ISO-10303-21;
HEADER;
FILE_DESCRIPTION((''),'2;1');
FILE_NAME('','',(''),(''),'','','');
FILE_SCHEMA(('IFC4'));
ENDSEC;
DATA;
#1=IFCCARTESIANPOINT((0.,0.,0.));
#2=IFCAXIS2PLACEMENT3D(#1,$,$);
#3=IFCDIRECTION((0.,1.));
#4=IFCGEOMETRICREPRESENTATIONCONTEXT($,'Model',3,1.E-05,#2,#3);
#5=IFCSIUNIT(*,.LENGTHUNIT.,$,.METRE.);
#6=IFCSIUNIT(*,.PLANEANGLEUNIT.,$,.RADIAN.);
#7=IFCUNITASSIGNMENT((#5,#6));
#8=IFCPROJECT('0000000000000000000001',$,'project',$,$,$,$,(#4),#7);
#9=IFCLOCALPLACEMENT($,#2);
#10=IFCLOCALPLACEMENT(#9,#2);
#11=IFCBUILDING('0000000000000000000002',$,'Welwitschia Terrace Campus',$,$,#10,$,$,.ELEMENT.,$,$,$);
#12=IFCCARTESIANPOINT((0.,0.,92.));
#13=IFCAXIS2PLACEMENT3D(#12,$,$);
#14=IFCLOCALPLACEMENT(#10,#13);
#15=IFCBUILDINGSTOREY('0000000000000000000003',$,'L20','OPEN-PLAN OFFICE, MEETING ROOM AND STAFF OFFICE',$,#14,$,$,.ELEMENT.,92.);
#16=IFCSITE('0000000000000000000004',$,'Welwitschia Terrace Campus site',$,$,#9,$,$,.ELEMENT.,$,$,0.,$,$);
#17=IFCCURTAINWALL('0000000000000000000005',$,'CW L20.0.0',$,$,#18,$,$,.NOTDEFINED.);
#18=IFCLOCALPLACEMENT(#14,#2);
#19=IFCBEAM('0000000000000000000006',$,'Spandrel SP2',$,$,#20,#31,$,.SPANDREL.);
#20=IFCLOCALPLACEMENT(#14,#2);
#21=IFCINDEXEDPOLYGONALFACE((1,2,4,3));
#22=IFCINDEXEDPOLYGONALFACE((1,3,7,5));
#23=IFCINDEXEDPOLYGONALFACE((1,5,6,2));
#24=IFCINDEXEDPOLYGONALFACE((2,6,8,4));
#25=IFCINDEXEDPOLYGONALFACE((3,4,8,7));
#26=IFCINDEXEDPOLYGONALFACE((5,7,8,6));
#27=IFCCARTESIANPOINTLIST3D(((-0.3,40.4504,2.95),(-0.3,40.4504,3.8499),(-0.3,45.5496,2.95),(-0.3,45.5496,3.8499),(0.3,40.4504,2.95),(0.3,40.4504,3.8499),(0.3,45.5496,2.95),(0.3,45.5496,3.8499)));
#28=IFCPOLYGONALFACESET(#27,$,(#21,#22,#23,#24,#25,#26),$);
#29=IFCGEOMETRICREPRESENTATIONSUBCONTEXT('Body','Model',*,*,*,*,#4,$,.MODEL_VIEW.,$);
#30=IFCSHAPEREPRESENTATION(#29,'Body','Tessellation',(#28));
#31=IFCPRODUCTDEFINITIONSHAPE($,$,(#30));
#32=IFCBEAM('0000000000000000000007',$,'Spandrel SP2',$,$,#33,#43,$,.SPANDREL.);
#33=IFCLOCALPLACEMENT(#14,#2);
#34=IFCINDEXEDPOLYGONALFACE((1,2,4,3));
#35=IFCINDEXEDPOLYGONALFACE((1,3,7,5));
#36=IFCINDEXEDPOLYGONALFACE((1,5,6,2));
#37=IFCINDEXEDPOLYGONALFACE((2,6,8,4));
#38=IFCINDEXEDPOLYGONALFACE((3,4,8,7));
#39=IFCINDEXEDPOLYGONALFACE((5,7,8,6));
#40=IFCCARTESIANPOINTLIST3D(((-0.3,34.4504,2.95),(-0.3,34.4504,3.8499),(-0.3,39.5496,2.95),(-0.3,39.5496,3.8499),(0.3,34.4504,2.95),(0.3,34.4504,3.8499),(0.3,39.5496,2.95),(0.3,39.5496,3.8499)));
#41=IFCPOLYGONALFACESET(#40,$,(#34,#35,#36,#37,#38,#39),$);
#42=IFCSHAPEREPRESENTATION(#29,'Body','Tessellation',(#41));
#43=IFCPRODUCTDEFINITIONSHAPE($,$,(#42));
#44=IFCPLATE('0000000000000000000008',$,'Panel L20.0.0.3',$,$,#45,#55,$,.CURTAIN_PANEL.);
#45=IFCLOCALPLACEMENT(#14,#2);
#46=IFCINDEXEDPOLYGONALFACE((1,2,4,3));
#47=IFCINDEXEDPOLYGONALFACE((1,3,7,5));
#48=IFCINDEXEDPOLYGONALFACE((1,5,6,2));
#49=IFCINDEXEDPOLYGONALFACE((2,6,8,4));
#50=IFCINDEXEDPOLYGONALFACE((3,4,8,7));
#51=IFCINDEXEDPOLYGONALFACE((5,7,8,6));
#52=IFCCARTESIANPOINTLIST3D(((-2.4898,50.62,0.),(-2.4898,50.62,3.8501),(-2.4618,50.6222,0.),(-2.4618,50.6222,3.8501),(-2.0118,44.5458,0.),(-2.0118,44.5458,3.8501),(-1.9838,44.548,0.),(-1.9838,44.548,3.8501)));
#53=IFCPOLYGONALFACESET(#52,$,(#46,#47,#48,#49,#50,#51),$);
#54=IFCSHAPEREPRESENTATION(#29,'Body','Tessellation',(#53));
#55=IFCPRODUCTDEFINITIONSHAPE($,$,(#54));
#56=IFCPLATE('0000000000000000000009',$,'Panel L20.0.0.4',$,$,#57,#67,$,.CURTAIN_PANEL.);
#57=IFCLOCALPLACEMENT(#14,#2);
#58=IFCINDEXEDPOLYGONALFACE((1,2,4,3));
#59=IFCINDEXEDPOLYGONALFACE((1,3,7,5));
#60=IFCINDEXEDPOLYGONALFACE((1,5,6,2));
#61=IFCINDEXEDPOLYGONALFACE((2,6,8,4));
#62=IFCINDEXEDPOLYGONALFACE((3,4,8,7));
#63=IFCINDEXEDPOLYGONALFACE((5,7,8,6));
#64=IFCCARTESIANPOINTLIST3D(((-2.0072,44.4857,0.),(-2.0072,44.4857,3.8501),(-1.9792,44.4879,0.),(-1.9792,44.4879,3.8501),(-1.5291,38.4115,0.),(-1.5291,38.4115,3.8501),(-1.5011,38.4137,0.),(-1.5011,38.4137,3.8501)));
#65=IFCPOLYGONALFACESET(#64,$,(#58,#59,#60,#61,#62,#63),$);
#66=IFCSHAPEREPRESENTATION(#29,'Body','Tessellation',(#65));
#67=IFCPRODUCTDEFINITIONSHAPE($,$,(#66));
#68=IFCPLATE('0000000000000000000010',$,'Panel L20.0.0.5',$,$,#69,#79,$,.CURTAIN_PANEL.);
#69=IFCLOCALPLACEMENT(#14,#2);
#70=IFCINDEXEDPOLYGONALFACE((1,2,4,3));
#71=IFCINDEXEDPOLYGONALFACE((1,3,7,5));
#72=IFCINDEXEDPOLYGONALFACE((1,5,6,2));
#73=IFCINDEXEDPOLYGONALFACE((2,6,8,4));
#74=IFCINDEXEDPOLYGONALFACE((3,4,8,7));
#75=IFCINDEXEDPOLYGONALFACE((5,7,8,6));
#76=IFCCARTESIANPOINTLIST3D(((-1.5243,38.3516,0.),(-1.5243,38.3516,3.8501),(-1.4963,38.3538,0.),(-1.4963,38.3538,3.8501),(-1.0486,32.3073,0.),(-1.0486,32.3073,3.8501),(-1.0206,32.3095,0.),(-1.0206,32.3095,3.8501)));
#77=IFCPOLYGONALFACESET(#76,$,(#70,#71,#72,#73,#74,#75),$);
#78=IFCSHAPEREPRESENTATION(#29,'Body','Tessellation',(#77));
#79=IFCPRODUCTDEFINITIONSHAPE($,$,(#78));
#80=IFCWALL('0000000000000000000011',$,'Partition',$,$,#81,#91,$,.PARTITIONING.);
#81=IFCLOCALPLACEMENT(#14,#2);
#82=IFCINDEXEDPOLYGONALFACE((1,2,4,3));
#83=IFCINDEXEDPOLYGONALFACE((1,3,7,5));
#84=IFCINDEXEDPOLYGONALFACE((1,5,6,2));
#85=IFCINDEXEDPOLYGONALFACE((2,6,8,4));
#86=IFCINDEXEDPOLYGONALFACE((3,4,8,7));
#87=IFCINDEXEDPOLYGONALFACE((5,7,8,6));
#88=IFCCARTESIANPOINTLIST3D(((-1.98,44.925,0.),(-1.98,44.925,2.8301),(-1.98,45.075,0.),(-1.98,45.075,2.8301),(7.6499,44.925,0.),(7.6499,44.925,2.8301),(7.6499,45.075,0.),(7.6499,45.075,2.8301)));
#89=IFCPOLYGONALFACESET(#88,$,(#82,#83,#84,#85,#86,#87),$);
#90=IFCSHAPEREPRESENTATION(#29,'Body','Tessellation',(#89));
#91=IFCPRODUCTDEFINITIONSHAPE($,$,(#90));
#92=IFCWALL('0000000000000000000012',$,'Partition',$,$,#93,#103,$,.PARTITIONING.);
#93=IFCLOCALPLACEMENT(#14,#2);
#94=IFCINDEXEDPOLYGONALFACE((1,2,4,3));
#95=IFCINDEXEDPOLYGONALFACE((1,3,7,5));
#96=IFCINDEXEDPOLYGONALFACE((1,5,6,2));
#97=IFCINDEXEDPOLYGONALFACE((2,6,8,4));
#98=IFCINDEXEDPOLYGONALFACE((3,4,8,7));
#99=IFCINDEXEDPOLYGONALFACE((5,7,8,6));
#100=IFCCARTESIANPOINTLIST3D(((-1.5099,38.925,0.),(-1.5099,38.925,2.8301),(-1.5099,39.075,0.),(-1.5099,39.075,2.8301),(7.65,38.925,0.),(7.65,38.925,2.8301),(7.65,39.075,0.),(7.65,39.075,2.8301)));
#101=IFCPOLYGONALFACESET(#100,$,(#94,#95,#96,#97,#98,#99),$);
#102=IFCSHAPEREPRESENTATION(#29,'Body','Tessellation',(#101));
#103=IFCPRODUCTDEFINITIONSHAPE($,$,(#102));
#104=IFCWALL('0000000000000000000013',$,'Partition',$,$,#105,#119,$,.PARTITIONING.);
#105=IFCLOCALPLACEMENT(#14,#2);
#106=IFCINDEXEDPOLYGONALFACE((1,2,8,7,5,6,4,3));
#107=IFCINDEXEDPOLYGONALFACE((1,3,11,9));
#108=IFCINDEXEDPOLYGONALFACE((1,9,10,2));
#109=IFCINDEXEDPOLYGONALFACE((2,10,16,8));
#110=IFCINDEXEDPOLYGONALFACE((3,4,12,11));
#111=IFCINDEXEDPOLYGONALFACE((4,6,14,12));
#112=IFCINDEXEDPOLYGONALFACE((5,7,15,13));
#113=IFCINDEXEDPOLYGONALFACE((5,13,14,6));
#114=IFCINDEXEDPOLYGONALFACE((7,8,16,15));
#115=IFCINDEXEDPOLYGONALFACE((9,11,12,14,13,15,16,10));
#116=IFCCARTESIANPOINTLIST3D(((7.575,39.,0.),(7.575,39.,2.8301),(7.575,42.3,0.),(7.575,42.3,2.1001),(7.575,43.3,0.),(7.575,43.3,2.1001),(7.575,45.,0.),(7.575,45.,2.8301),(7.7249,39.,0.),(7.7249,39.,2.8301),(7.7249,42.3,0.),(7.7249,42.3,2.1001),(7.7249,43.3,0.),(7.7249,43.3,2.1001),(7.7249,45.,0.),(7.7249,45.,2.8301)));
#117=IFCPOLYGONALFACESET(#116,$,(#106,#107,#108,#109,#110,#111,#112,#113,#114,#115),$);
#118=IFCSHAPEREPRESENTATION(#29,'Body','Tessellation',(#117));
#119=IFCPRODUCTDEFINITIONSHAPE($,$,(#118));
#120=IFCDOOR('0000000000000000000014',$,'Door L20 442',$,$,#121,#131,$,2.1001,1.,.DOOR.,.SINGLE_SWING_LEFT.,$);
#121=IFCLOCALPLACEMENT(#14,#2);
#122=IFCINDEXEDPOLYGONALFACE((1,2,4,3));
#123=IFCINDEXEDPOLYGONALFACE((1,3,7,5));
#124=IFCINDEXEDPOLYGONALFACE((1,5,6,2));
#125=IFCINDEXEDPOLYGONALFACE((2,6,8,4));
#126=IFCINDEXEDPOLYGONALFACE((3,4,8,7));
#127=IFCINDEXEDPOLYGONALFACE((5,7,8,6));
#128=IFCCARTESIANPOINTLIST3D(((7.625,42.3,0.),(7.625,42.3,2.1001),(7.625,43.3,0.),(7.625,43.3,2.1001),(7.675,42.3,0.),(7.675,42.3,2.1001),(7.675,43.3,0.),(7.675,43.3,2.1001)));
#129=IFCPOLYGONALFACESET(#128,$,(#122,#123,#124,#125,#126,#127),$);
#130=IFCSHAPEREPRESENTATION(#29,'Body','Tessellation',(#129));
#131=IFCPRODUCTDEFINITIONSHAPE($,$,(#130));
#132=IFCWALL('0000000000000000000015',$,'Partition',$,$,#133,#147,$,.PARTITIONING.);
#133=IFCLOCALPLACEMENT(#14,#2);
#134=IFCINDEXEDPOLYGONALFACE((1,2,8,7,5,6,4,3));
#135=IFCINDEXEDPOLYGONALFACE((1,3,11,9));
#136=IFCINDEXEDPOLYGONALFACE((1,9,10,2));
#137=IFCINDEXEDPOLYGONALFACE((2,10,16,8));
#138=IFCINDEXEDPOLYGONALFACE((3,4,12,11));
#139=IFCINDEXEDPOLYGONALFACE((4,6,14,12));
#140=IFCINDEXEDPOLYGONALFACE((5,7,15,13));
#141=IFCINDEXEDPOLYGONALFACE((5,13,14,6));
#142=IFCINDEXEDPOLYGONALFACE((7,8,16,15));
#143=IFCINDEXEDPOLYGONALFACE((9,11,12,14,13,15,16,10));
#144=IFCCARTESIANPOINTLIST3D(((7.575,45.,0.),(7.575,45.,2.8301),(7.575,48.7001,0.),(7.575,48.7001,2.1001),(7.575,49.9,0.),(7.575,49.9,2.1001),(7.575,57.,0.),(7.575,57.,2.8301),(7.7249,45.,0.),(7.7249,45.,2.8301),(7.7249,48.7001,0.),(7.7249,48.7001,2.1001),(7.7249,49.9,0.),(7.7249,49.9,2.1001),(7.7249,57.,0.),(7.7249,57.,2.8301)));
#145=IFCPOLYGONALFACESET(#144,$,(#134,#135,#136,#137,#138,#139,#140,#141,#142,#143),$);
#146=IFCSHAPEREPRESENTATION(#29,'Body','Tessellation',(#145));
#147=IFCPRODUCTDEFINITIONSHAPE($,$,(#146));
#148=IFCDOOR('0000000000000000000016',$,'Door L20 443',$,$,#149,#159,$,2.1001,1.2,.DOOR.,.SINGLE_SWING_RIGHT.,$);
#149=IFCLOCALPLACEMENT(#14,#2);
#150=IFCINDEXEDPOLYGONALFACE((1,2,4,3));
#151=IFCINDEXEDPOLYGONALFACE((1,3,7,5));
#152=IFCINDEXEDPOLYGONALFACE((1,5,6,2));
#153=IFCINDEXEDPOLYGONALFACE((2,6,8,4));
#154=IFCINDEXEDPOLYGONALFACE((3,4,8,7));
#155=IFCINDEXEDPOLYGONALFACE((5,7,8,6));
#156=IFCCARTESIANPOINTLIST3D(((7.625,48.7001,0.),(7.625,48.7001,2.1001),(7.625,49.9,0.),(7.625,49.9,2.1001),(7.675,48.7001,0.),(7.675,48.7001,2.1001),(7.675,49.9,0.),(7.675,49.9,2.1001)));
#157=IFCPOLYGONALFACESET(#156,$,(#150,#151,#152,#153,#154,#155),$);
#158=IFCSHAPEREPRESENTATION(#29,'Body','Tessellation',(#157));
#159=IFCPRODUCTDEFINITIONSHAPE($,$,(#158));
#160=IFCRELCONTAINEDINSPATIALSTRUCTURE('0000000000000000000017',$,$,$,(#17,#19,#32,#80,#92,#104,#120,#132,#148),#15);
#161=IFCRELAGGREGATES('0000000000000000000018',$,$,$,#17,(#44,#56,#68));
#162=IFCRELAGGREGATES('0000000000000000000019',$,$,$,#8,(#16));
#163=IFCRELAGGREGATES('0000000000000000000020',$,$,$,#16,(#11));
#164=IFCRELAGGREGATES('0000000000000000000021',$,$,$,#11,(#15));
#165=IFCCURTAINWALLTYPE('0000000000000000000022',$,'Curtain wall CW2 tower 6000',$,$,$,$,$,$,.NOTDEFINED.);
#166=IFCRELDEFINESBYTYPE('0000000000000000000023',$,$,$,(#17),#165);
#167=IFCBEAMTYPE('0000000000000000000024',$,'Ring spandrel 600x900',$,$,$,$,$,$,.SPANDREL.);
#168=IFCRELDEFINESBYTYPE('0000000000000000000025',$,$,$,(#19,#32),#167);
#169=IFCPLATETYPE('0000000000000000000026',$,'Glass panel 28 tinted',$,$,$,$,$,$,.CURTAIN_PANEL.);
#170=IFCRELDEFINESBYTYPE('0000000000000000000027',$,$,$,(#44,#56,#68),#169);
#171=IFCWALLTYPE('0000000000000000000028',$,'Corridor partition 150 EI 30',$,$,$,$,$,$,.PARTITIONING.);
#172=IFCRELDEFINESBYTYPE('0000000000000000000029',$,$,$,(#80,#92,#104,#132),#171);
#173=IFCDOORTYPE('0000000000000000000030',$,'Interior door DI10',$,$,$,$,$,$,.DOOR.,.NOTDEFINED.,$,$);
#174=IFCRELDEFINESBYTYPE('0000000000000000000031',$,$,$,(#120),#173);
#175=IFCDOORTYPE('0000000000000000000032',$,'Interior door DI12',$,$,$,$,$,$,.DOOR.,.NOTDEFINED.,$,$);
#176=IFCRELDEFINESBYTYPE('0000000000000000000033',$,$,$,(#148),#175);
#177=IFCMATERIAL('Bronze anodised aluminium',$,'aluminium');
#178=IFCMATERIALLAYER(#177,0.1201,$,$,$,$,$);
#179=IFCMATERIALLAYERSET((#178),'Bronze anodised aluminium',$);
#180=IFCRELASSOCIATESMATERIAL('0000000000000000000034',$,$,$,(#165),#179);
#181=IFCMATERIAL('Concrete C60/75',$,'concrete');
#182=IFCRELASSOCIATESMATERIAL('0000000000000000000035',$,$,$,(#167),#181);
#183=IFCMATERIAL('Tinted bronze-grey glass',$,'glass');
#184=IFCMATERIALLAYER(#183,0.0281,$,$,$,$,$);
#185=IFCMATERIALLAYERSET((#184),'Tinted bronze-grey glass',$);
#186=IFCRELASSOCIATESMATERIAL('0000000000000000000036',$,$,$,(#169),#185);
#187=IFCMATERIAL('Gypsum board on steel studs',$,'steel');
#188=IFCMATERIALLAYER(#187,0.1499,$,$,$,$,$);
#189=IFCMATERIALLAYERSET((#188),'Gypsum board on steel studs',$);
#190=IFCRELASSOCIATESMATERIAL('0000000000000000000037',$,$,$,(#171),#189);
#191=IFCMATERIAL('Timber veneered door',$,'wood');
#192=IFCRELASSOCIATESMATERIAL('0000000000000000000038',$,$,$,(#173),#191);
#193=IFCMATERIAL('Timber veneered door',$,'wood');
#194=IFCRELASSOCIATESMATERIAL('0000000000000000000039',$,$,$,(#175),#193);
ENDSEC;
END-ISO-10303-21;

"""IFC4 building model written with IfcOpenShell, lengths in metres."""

from ifc_helpers import new_model, si_unit, direction, frame, frame_2d, origin, origin_2d, place, context, subcontext, project, spatial, rectangle, extrude, material, layer, layer_set, material_profile, profile_set, type_object, element, fill, aggregate, save


model = new_model("IFC4")

# Units and contexts
model_context = context("Model", 3, precision=1e-05, world=origin(), true_north=direction((0.0, 1.0)))
body_context = subcontext(model_context, "Body", "Model", "MODEL_VIEW")
ifc_project = project(units=[si_unit("LENGTHUNIT", "METRE"), si_unit("PLANEANGLEUNIT", "RADIAN")], contexts=[model_context])

# Site, building, storey
site_placement = place(None, origin())
site = spatial("IfcSite", under=ifc_project, at=site_placement, Name="Welwitschia Terrace Campus site", CompositionType="ELEMENT", RefElevation=0.0)
building_placement = place(site_placement, origin())
building = spatial("IfcBuilding", under=site, at=building_placement, Name="Welwitschia Terrace Campus", CompositionType="ELEMENT")
storey_placement = place(building_placement, frame((0.0, 0.0, 92.0)))
storey = spatial("IfcBuildingStorey", under=building, at=storey_placement, Name="L20", Description="OPEN-PLAN OFFICE, MEETING ROOM AND STAFF OFFICE", CompositionType="ELEMENT", Elevation=92.0)

# Curtain wall
ifc_material_1 = material(Name="Bronze anodised aluminium", Category="aluminium")
ifc_layer_1 = layer(ifc_material_1, 0.1201)
ifc_layer_set_1 = layer_set([ifc_layer_1], Name="Bronze anodised aluminium")
curtain_wall_type = type_object("IfcCurtainWallType", Name="Curtain wall CW2 tower 6000", PredefinedType="NOTDEFINED", material=ifc_layer_set_1)
curtain_wall_placement = place(storey_placement, origin())
curtain_wall = element("IfcCurtainWall", 1, at=curtain_wall_placement, inside=storey, type_object=curtain_wall_type, Name="CW L20.0.0", PredefinedType="NOTDEFINED")

# Beams
ifc_material_2 = material(Name="Concrete C60/75", Category="concrete")
ifc_material_profile_1 = material_profile(ifc_material_2, rectangle(XDim=0.6001, YDim=0.8999, at=origin_2d()))
ifc_profile_set_1 = profile_set([ifc_material_profile_1], Name="Concrete C60/75")
beam_type_1 = type_object("IfcBeamType", Name="Ring spandrel 600x900", PredefinedType="SPANDREL", material=ifc_profile_set_1)
for number, where, z_axis, x_axis, name in (
    (2, (0.0, 45.5496, 3.3999), (0.0, -1.0, 0.0), (1.0, 0.0, 0.0), "Spandrel SP2"),
    (3, (0.0, 39.5496, 3.3999), (0.0, -1.0, 0.0), (1.0, 0.0, 0.0), "Spandrel SP2"),
):
    element("IfcBeam", number, at=place(storey_placement, frame(where, z_axis=z_axis, x_axis=x_axis)), inside=storey, type_object=beam_type_1, Name=name, PredefinedType="SPANDREL", context=body_context, shape_type="SweptSolid", body=[
        extrude(rectangle(XDim=0.6001, YDim=0.8999, at=origin_2d()), origin(), (0.0, 0.0, 1.0), 5.0991),
    ])

# Plates
ifc_material_3 = material(Name="Tinted bronze-grey glass", Category="glass")
ifc_layer_2 = layer(ifc_material_3, 0.0281)
ifc_layer_set_2 = layer_set([ifc_layer_2], Name="Tinted bronze-grey glass")
plate_type = type_object("IfcPlateType", Name="Glass panel 28 tinted", PredefinedType="CURTAIN_PANEL", material=ifc_layer_set_2)
plate_1_placement = place(storey_placement, frame((-2.2368, 47.584, 0.0), z_axis=(0.0, 0.0, 1.0), x_axis=(0.078459, -0.996917, 0.0)))
plate_1 = element("IfcPlate", 4, at=plate_1_placement, type_object=plate_type, Name="Panel L20.0.0.3", PredefinedType="CURTAIN_PANEL", context=body_context, shape_type="SweptSolid", body=[
    extrude(rectangle(XDim=6.093, YDim=0.0281, at=origin_2d()), origin(), (0.0, 0.0, 1.0), 3.8501),
])
plate_2_placement = place(storey_placement, frame((-1.7542, 41.4497, 0.0), z_axis=(0.0, 0.0, 1.0), x_axis=(0.078459, -0.996917, 0.0)))
plate_2 = element("IfcPlate", 5, at=plate_2_placement, type_object=plate_type, Name="Panel L20.0.0.4", PredefinedType="CURTAIN_PANEL", context=body_context, shape_type="SweptSolid", body=[
    extrude(rectangle(XDim=6.093, YDim=0.0281, at=origin_2d()), origin(), (0.0, 0.0, 1.0), 3.8501),
])
plate_3_placement = place(storey_placement, frame((-1.2725, 35.3306, 0.0), z_axis=(0.0, 0.0, 1.0), x_axis=(0.078459, -0.996917, 0.0)))
plate_3 = element("IfcPlate", 6, at=plate_3_placement, type_object=plate_type, Name="Panel L20.0.0.5", PredefinedType="CURTAIN_PANEL", context=body_context, shape_type="SweptSolid", body=[
    extrude(rectangle(XDim=6.063, YDim=0.0281, at=origin_2d()), origin(), (0.0, 0.0, 1.0), 3.8501),
])
aggregate(curtain_wall, [plate_1, plate_2, plate_3])

# Walls
ifc_material_4 = material(Name="Gypsum board on steel studs", Category="steel")
ifc_layer_3 = layer(ifc_material_4, 0.1499)
ifc_layer_set_3 = layer_set([ifc_layer_3], Name="Gypsum board on steel studs")
wall_type = type_object("IfcWallType", Name="Corridor partition 150 EI 30", PredefinedType="PARTITIONING", material=ifc_layer_set_3)
wall_1_placement = place(storey_placement, frame((-1.98, 45.0, 0.0), z_axis=(0.0, 0.0, 1.0), x_axis=(1.0, 0.0, 0.0)))
element("IfcWall", 7, at=wall_1_placement, inside=storey, type_object=wall_type, Name="Partition", PredefinedType="PARTITIONING", context=body_context, shape_type="SweptSolid", body=[
    extrude(rectangle(XDim=9.6299, YDim=0.1499, at=frame_2d((4.8149, 0.0))), origin(), (0.0, 0.0, 1.0), 2.8301),
])
wall_2_placement = place(storey_placement, frame((-1.51, 39.0, 0.0), z_axis=(0.0, 0.0, 1.0), x_axis=(1.0, 0.0, 0.0)))
element("IfcWall", 8, at=wall_2_placement, inside=storey, type_object=wall_type, Name="Partition", PredefinedType="PARTITIONING", context=body_context, shape_type="SweptSolid", body=[
    extrude(rectangle(XDim=9.1599, YDim=0.1499, at=frame_2d((4.5801, 0.0))), origin(), (0.0, 0.0, 1.0), 2.8301),
])

# Walls, openings, doors
wall_3_placement = place(storey_placement, frame((7.6499, 39.0, 0.0), z_axis=(0.0, 0.0, 1.0), x_axis=(0.0, 1.0, 0.0)))
wall_3 = element("IfcWall", 9, at=wall_3_placement, inside=storey, type_object=wall_type, Name="Partition", PredefinedType="PARTITIONING", context=body_context, shape_type="SweptSolid", body=[
    extrude(rectangle(XDim=6.0, YDim=0.1499, at=frame_2d((3.0, 0.0))), origin(), (0.0, 0.0, 1.0), 2.8301),
])
opening_1_placement = place(wall_3_placement, frame((3.3, 0.0, 0.0)))
opening_1 = element("IfcOpeningElement", 10, at=opening_1_placement, cuts=wall_3, PredefinedType="OPENING", context=body_context, shape_type="SweptSolid", body=[
    extrude(rectangle(XDim=1.0, YDim=2.1001, at=frame_2d((0.5, 1.05))), frame((0.0, 0.085, 0.0), z_axis=(0.0, -1.0, 0.0), x_axis=(1.0, 0.0, 0.0)), (0.0, 0.0, 1.0), 0.1699),
])
ifc_material_5 = material(Name="Timber veneered door", Category="wood")
door_type_1 = type_object("IfcDoorType", Name="Interior door DI10", OperationType="NOTDEFINED", PredefinedType="DOOR", material=ifc_material_5)
door_1_placement = place(opening_1_placement, origin())
door_1 = element("IfcDoor", 11, at=door_1_placement, inside=storey, type_object=door_type_1, Name="Door L20 442", OperationType="SINGLE_SWING_LEFT", OverallHeight=2.1001, OverallWidth=1.0, PredefinedType="DOOR", context=body_context, shape_type="SweptSolid", body=[
    extrude(rectangle(XDim=1.0, YDim=2.1001, at=frame_2d((0.5, 1.05))), frame((0.0, 0.0249, 0.0), z_axis=(0.0, -1.0, 0.0), x_axis=(1.0, 0.0, 0.0)), (0.0, 0.0, 1.0), 0.05),
])
fill(opening_1, door_1)
wall_4_placement = place(storey_placement, frame((7.6499, 45.0, 0.0), z_axis=(0.0, 0.0, 1.0), x_axis=(0.0, 1.0, 0.0)))
wall_4 = element("IfcWall", 12, at=wall_4_placement, inside=storey, type_object=wall_type, Name="Partition", PredefinedType="PARTITIONING", context=body_context, shape_type="SweptSolid", body=[
    extrude(rectangle(XDim=12.0, YDim=0.1499, at=frame_2d((6.0, 0.0))), origin(), (0.0, 0.0, 1.0), 2.8301),
])
opening_2_placement = place(wall_4_placement, frame((3.7, 0.0, 0.0)))
opening_2 = element("IfcOpeningElement", 13, at=opening_2_placement, cuts=wall_4, PredefinedType="OPENING", context=body_context, shape_type="SweptSolid", body=[
    extrude(rectangle(XDim=1.2, YDim=2.1001, at=frame_2d((0.6001, 1.05))), frame((0.0, 0.085, 0.0), z_axis=(0.0, -1.0, 0.0), x_axis=(1.0, 0.0, 0.0)), (0.0, 0.0, 1.0), 0.1699),
])
ifc_material_6 = material(Name="Timber veneered door", Category="wood")
door_type_2 = type_object("IfcDoorType", Name="Interior door DI12", OperationType="NOTDEFINED", PredefinedType="DOOR", material=ifc_material_6)
door_2_placement = place(opening_2_placement, origin())
door_2 = element("IfcDoor", 14, at=door_2_placement, inside=storey, type_object=door_type_2, Name="Door L20 443", OperationType="SINGLE_SWING_RIGHT", OverallHeight=2.1001, OverallWidth=1.2, PredefinedType="DOOR", context=body_context, shape_type="SweptSolid", body=[
    extrude(rectangle(XDim=1.2, YDim=2.1001, at=frame_2d((0.6001, 1.05))), frame((0.0, 0.0249, 0.0), z_axis=(0.0, -1.0, 0.0), x_axis=(1.0, 0.0, 0.0)), (0.0, 0.0, 1.0), 0.05),
])
fill(opening_2, door_2)

save(model, "model.ifc")
